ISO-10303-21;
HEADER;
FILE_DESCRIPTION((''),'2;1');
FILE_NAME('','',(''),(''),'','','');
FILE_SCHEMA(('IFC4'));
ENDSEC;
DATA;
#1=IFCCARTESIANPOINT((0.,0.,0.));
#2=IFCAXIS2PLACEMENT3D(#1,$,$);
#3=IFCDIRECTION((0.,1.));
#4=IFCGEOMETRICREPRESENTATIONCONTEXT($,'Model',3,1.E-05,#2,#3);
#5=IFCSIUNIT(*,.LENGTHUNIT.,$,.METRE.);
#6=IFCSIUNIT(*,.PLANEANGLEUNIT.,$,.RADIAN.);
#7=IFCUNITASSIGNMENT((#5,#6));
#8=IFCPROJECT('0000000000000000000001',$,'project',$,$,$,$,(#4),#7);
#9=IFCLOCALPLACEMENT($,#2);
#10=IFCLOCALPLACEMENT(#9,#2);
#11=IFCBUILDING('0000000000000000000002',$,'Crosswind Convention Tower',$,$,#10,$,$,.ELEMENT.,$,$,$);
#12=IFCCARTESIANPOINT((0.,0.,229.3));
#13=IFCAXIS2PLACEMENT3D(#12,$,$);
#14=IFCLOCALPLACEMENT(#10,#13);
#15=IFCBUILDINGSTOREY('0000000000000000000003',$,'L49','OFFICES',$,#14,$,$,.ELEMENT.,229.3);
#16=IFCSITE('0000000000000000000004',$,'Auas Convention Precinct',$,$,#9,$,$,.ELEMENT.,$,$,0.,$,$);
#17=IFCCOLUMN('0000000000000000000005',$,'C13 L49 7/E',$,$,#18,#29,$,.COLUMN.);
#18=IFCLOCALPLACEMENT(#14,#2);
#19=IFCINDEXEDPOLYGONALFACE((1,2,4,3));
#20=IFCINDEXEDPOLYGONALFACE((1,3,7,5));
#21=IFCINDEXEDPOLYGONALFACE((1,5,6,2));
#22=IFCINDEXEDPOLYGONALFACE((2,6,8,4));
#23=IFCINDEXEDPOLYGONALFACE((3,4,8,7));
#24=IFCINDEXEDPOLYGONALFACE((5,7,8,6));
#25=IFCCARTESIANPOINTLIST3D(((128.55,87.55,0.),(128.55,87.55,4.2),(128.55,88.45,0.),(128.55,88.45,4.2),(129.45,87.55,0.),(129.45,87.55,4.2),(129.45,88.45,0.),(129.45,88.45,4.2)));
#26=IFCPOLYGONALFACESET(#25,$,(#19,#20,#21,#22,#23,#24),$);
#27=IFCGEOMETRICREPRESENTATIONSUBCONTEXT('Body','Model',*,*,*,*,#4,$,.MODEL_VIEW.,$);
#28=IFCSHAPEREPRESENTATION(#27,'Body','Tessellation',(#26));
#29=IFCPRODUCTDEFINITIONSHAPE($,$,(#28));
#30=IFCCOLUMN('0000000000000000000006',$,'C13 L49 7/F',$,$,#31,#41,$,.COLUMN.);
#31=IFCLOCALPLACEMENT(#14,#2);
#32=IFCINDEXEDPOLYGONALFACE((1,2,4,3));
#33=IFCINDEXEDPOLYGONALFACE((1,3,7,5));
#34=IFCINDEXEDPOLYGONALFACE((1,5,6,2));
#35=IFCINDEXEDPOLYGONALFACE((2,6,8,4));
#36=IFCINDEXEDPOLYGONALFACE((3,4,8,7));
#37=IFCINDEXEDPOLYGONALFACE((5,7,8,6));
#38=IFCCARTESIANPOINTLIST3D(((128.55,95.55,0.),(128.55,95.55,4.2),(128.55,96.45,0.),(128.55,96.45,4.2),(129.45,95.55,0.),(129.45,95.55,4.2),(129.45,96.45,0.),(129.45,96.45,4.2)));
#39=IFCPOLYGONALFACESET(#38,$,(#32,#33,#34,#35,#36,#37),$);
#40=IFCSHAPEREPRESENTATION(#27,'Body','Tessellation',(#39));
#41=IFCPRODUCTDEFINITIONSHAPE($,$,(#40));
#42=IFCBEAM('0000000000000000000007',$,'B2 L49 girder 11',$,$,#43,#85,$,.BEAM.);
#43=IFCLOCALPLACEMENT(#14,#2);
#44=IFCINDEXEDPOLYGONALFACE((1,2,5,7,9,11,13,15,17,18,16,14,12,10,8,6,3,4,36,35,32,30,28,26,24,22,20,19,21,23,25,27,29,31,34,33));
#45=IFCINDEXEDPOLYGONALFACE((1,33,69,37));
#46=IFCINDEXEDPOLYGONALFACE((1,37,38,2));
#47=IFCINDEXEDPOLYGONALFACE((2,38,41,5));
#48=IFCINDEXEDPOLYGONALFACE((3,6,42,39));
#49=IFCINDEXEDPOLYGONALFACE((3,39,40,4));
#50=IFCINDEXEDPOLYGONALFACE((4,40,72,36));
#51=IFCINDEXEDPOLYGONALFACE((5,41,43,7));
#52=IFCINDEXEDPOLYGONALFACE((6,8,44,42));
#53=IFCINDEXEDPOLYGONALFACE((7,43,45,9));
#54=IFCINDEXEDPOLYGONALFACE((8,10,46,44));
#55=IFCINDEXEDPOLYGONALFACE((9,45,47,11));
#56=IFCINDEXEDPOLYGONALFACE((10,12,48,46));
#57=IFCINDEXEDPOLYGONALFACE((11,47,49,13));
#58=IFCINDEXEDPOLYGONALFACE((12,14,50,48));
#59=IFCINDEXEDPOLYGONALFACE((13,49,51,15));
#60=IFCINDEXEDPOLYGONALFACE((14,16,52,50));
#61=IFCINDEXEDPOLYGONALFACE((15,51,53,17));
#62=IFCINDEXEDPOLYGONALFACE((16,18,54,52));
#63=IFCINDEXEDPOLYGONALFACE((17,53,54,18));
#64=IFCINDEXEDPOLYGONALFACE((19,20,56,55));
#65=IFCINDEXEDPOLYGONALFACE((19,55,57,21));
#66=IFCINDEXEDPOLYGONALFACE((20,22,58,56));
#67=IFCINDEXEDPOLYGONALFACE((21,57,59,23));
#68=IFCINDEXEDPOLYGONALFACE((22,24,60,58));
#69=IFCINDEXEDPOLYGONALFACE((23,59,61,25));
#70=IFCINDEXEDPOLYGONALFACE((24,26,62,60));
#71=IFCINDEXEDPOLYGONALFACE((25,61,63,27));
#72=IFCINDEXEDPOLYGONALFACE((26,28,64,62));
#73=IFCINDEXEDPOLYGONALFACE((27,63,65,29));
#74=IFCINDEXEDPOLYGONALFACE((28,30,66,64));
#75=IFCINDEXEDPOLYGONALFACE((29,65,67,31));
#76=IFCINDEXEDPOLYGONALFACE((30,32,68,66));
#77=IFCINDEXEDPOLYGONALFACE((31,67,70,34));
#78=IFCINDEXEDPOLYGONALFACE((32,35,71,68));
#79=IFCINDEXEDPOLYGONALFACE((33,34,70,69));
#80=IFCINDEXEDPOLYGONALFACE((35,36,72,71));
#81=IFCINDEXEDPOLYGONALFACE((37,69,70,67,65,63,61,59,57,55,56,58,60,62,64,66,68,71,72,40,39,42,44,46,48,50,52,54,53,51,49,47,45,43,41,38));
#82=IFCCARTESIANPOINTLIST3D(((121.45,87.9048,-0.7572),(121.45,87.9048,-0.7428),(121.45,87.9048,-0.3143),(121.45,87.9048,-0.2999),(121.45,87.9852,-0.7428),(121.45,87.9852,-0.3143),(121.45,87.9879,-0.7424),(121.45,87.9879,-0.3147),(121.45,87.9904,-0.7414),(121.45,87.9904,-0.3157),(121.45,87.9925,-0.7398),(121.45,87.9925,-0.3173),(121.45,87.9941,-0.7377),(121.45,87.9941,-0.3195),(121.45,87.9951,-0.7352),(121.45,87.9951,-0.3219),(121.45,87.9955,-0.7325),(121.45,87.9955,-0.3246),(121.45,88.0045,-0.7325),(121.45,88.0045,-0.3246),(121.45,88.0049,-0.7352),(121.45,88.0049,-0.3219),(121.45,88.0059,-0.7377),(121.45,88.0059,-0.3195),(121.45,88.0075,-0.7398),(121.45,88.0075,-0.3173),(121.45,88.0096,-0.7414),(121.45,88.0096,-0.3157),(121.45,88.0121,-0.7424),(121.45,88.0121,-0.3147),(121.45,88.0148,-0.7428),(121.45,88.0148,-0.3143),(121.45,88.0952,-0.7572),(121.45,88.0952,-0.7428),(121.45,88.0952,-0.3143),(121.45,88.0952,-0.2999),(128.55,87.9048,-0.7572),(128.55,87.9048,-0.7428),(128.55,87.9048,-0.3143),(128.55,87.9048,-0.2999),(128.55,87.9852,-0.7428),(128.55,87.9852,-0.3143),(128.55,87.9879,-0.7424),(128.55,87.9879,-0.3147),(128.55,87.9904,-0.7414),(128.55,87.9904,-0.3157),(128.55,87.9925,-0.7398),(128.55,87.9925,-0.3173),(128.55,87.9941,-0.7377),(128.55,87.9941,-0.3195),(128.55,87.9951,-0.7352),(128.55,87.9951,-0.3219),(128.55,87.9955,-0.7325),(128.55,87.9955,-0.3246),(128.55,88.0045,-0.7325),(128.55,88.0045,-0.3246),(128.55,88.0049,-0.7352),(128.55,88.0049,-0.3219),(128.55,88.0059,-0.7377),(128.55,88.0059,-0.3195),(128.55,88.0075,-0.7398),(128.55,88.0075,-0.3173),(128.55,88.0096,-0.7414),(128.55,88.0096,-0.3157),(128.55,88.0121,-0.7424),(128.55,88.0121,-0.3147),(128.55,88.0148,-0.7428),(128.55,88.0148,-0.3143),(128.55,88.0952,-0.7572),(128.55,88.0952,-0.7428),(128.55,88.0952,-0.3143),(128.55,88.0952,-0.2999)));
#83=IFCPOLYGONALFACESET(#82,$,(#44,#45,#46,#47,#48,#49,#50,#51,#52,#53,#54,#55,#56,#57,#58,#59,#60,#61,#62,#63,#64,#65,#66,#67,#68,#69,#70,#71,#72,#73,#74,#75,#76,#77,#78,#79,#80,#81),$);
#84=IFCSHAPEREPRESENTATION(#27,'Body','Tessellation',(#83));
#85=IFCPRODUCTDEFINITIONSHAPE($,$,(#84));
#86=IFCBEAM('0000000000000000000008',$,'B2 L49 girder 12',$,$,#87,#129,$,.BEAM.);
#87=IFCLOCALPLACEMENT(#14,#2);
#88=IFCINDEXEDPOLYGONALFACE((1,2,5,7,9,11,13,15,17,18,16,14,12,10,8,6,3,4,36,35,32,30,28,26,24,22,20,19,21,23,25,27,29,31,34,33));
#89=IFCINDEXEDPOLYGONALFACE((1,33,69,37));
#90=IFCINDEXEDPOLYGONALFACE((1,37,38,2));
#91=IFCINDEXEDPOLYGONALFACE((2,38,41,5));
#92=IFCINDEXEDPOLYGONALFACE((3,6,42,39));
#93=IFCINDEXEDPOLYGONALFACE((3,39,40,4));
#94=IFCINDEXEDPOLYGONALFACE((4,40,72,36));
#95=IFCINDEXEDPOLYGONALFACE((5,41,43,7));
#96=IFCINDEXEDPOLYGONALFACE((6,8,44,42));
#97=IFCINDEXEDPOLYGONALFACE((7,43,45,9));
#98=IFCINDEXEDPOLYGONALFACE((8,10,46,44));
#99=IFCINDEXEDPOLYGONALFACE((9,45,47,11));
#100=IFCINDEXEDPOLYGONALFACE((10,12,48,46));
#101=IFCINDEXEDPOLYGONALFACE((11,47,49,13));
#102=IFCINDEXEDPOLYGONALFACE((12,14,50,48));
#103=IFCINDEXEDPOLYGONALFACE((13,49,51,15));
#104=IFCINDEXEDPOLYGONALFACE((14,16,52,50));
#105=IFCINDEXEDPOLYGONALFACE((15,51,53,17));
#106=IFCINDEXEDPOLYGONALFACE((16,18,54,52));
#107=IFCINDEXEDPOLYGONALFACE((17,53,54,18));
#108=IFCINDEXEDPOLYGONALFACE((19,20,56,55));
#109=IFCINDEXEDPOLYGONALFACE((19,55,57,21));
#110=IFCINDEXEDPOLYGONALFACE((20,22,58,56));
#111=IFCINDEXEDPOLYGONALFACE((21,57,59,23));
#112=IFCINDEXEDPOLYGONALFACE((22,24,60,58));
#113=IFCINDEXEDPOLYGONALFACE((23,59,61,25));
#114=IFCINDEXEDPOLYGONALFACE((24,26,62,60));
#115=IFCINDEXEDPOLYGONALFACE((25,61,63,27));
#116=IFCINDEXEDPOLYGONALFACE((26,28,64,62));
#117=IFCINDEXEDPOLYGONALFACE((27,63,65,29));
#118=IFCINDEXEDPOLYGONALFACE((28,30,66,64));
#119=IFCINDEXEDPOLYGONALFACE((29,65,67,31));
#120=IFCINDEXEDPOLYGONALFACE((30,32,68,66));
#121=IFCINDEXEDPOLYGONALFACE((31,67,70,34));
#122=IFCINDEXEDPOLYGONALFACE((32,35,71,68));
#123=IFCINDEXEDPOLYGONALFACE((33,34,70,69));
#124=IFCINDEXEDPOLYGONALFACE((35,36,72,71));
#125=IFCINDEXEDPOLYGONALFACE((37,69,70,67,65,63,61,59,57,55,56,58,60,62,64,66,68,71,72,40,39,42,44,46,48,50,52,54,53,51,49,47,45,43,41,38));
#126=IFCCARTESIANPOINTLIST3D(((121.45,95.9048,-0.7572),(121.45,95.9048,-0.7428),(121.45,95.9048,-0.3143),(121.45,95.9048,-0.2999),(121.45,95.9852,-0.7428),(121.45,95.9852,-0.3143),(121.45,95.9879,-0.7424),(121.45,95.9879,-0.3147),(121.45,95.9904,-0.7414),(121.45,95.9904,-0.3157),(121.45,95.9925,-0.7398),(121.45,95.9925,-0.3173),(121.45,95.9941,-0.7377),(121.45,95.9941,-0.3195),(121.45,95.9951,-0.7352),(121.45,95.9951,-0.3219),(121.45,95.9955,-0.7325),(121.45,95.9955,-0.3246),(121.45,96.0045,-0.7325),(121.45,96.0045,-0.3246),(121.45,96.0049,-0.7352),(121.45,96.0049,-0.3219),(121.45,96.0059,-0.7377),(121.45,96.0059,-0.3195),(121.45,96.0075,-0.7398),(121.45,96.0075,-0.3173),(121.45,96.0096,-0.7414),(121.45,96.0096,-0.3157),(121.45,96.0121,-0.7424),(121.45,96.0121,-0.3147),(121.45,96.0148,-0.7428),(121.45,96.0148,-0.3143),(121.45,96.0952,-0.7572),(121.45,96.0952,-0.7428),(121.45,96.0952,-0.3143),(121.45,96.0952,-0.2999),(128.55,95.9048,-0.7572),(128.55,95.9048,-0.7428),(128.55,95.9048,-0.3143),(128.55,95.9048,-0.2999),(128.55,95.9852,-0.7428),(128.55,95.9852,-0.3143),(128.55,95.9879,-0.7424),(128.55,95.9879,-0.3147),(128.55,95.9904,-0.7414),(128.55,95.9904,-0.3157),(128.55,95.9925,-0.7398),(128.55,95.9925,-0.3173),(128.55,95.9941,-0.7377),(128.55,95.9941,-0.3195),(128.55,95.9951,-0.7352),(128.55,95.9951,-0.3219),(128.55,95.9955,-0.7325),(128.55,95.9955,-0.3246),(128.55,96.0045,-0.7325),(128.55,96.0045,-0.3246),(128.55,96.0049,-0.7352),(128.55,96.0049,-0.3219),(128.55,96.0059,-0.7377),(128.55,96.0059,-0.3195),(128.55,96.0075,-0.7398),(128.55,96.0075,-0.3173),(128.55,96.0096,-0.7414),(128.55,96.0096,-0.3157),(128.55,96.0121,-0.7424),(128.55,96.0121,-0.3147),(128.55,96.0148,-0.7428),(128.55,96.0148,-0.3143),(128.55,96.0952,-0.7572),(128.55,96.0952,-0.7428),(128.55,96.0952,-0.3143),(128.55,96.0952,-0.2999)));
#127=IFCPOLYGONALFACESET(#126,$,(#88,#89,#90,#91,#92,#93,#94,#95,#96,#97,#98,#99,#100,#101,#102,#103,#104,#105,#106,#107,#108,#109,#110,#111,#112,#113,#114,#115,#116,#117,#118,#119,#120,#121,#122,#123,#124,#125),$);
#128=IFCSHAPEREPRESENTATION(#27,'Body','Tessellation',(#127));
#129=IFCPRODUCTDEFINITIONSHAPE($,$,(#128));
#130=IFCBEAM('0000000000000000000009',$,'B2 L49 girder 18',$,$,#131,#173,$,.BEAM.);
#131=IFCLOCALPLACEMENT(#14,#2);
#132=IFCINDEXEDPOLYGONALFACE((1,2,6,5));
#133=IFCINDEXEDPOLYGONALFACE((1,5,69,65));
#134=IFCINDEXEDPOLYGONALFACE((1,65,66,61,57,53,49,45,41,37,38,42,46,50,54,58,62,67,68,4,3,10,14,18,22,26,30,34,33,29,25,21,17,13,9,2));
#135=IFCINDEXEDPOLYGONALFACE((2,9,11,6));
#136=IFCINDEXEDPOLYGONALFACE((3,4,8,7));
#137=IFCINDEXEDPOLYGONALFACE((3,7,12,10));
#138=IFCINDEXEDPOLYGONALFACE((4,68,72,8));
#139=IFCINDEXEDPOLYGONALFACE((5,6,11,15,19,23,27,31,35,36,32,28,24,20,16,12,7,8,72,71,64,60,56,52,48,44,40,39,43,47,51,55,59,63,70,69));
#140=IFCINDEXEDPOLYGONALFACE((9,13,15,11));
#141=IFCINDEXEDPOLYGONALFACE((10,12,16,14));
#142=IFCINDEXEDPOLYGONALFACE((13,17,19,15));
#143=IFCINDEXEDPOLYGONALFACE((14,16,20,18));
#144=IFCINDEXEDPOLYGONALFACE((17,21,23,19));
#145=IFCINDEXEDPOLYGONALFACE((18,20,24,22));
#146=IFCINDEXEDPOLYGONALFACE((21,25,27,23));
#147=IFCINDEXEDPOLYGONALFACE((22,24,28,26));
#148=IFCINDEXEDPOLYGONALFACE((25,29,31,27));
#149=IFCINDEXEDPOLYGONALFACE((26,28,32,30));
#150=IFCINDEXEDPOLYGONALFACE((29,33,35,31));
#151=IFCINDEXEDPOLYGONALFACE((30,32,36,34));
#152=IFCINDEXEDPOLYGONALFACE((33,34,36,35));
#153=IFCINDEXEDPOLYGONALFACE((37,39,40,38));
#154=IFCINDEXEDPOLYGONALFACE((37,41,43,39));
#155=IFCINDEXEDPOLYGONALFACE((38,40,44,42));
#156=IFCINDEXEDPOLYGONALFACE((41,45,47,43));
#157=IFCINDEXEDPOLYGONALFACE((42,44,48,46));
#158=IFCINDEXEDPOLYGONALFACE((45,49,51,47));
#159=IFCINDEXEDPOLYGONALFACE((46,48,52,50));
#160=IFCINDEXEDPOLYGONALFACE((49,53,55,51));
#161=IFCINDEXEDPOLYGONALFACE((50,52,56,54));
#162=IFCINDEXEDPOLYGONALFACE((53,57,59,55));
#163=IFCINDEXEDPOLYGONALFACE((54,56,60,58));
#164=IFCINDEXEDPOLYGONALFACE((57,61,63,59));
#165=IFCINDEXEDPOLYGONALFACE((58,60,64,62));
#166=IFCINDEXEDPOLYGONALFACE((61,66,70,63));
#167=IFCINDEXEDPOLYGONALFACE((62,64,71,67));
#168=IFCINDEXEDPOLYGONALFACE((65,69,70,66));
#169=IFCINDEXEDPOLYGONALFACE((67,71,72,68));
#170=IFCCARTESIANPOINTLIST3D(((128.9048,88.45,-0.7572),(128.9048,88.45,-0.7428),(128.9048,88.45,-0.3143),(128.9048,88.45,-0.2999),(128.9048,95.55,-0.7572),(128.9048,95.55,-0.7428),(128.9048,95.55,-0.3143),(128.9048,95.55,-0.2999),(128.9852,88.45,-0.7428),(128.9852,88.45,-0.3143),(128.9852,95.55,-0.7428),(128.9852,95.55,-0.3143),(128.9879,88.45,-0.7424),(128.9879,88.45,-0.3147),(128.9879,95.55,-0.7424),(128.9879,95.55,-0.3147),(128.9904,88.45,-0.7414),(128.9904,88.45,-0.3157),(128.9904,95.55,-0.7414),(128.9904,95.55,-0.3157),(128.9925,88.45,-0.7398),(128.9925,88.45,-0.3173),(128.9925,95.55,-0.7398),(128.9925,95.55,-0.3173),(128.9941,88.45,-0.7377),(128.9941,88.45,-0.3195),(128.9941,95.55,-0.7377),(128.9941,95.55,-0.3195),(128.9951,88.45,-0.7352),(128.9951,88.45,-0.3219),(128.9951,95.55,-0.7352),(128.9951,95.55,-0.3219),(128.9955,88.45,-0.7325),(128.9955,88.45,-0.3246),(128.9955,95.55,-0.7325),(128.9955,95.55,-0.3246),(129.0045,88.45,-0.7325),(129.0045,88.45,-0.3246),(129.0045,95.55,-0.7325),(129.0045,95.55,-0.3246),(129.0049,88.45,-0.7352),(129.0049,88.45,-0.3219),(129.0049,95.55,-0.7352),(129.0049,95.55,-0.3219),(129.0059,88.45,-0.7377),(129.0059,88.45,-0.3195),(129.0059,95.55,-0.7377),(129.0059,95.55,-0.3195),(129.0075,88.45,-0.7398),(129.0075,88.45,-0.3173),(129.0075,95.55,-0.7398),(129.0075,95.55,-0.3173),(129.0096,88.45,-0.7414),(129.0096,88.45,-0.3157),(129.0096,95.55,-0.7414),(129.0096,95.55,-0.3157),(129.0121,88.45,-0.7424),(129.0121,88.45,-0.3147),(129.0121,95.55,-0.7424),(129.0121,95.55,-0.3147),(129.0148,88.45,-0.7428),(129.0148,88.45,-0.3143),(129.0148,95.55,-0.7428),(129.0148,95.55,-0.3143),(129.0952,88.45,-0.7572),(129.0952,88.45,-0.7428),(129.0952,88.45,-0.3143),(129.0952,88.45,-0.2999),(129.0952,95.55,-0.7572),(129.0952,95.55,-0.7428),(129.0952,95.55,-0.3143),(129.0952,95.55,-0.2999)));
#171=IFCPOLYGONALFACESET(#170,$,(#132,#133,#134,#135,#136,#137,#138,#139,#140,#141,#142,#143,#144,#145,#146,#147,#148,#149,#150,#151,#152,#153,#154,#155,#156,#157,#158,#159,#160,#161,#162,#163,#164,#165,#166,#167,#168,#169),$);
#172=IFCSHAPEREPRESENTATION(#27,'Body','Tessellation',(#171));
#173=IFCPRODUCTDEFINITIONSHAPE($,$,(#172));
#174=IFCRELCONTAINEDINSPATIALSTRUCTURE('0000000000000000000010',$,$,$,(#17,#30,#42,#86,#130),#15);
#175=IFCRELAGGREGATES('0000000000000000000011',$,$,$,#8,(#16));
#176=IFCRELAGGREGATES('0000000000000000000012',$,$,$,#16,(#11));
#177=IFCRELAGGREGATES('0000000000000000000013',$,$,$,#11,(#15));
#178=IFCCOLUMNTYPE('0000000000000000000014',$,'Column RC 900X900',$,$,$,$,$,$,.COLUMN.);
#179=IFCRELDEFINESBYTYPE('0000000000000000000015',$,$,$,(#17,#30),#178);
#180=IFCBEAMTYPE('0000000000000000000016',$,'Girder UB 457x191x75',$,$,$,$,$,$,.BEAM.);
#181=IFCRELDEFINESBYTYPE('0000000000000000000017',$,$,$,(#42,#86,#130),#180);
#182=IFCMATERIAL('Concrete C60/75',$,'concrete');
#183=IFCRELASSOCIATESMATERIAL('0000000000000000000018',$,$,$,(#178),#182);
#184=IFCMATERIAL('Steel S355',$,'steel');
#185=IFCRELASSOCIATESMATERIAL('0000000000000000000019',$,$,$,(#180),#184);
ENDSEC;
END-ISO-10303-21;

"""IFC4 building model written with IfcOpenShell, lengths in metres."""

from ifc_helpers import new_model, si_unit, direction, frame, origin, origin_2d, place, context, subcontext, project, spatial, rectangle, i_section, extrude, material, material_profile, profile_set, type_object, element, save


model = new_model("IFC4")

# Units and contexts
model_context = context("Model", 3, precision=1e-05, world=origin(), true_north=direction((0.0, 1.0)))
body_context = subcontext(model_context, "Body", "Model", "MODEL_VIEW")
ifc_project = project(units=[si_unit("LENGTHUNIT", "METRE"), si_unit("PLANEANGLEUNIT", "RADIAN")], contexts=[model_context])

# Site, building, storey
site_placement = place(None, origin())
site = spatial("IfcSite", under=ifc_project, at=site_placement, Name="Auas Convention Precinct", CompositionType="ELEMENT", RefElevation=0.0)
building_placement = place(site_placement, origin())
building = spatial("IfcBuilding", under=site, at=building_placement, Name="Crosswind Convention Tower", CompositionType="ELEMENT")
storey_placement = place(building_placement, frame((0.0, 0.0, 229.3)))
storey = spatial("IfcBuildingStorey", under=building, at=storey_placement, Name="L49", Description="OFFICES", CompositionType="ELEMENT", Elevation=229.3)

# Columns
ifc_material_1 = material(Name="Concrete C60/75", Category="concrete")
ifc_material_profile_1 = material_profile(ifc_material_1, rectangle(XDim=0.8999, YDim=0.8999, at=origin_2d()), Name="RC 900X900")
ifc_profile_set_1 = profile_set([ifc_material_profile_1], Name="Concrete C60/75")
column_type = type_object("IfcColumnType", Name="Column RC 900X900", PredefinedType="COLUMN", material=ifc_profile_set_1)
for number, where, z_axis, x_axis, name in (
    (1, (129.0, 88.0, 0.0), (0.0, 0.0, 1.0), (1.0, 0.0, 0.0), "C13 L49 7/E"),
    (2, (129.0, 96.0, 0.0), (0.0, 0.0, 1.0), (1.0, 0.0, 0.0), "C13 L49 7/F"),
):
    element("IfcColumn", number, at=place(storey_placement, frame(where, z_axis=z_axis, x_axis=x_axis)), inside=storey, type_object=column_type, Name=name, PredefinedType="COLUMN", context=body_context, shape_type="SweptSolid", body=[
        extrude(rectangle(XDim=0.8999, YDim=0.8999, at=origin_2d()), origin(), (0.0, 0.0, 1.0), 4.2),
    ])

# Beams
ifc_material_2 = material(Name="Steel S355", Category="steel")
ifc_material_profile_2 = material_profile(ifc_material_2, i_section(OverallWidth=0.1904, OverallDepth=0.4573, WebThickness=0.009, FlangeThickness=0.0144, FilletRadius=0.0103, at=origin_2d()), Name="UB 457x191x75")
ifc_profile_set_2 = profile_set([ifc_material_profile_2], Name="Steel S355")
beam_type_1 = type_object("IfcBeamType", Name="Girder UB 457x191x75", PredefinedType="BEAM", material=ifc_profile_set_2)
for number, where, z_axis, x_axis, name in (
    (3, (121.45, 88.0, -0.5286), (1.0, 0.0, 0.0), (0.0, 1.0, 0.0), "B2 L49 girder 11"),
    (4, (121.45, 96.0, -0.5286), (1.0, 0.0, 0.0), (0.0, 1.0, 0.0), "B2 L49 girder 12"),
    (5, (129.0, 88.45, -0.5286), (0.0, 1.0, 0.0), (-1.0, 0.0, 0.0), "B2 L49 girder 18"),
):
    element("IfcBeam", number, at=place(storey_placement, frame(where, z_axis=z_axis, x_axis=x_axis)), inside=storey, type_object=beam_type_1, Name=name, PredefinedType="BEAM", context=body_context, shape_type="SweptSolid", body=[
        extrude(i_section(OverallWidth=0.1904, OverallDepth=0.4573, WebThickness=0.009, FlangeThickness=0.0144, FilletRadius=0.0103, at=origin_2d()), origin(), (0.0, 0.0, 1.0), 7.1001),
    ])

save(model, "model.ifc")
